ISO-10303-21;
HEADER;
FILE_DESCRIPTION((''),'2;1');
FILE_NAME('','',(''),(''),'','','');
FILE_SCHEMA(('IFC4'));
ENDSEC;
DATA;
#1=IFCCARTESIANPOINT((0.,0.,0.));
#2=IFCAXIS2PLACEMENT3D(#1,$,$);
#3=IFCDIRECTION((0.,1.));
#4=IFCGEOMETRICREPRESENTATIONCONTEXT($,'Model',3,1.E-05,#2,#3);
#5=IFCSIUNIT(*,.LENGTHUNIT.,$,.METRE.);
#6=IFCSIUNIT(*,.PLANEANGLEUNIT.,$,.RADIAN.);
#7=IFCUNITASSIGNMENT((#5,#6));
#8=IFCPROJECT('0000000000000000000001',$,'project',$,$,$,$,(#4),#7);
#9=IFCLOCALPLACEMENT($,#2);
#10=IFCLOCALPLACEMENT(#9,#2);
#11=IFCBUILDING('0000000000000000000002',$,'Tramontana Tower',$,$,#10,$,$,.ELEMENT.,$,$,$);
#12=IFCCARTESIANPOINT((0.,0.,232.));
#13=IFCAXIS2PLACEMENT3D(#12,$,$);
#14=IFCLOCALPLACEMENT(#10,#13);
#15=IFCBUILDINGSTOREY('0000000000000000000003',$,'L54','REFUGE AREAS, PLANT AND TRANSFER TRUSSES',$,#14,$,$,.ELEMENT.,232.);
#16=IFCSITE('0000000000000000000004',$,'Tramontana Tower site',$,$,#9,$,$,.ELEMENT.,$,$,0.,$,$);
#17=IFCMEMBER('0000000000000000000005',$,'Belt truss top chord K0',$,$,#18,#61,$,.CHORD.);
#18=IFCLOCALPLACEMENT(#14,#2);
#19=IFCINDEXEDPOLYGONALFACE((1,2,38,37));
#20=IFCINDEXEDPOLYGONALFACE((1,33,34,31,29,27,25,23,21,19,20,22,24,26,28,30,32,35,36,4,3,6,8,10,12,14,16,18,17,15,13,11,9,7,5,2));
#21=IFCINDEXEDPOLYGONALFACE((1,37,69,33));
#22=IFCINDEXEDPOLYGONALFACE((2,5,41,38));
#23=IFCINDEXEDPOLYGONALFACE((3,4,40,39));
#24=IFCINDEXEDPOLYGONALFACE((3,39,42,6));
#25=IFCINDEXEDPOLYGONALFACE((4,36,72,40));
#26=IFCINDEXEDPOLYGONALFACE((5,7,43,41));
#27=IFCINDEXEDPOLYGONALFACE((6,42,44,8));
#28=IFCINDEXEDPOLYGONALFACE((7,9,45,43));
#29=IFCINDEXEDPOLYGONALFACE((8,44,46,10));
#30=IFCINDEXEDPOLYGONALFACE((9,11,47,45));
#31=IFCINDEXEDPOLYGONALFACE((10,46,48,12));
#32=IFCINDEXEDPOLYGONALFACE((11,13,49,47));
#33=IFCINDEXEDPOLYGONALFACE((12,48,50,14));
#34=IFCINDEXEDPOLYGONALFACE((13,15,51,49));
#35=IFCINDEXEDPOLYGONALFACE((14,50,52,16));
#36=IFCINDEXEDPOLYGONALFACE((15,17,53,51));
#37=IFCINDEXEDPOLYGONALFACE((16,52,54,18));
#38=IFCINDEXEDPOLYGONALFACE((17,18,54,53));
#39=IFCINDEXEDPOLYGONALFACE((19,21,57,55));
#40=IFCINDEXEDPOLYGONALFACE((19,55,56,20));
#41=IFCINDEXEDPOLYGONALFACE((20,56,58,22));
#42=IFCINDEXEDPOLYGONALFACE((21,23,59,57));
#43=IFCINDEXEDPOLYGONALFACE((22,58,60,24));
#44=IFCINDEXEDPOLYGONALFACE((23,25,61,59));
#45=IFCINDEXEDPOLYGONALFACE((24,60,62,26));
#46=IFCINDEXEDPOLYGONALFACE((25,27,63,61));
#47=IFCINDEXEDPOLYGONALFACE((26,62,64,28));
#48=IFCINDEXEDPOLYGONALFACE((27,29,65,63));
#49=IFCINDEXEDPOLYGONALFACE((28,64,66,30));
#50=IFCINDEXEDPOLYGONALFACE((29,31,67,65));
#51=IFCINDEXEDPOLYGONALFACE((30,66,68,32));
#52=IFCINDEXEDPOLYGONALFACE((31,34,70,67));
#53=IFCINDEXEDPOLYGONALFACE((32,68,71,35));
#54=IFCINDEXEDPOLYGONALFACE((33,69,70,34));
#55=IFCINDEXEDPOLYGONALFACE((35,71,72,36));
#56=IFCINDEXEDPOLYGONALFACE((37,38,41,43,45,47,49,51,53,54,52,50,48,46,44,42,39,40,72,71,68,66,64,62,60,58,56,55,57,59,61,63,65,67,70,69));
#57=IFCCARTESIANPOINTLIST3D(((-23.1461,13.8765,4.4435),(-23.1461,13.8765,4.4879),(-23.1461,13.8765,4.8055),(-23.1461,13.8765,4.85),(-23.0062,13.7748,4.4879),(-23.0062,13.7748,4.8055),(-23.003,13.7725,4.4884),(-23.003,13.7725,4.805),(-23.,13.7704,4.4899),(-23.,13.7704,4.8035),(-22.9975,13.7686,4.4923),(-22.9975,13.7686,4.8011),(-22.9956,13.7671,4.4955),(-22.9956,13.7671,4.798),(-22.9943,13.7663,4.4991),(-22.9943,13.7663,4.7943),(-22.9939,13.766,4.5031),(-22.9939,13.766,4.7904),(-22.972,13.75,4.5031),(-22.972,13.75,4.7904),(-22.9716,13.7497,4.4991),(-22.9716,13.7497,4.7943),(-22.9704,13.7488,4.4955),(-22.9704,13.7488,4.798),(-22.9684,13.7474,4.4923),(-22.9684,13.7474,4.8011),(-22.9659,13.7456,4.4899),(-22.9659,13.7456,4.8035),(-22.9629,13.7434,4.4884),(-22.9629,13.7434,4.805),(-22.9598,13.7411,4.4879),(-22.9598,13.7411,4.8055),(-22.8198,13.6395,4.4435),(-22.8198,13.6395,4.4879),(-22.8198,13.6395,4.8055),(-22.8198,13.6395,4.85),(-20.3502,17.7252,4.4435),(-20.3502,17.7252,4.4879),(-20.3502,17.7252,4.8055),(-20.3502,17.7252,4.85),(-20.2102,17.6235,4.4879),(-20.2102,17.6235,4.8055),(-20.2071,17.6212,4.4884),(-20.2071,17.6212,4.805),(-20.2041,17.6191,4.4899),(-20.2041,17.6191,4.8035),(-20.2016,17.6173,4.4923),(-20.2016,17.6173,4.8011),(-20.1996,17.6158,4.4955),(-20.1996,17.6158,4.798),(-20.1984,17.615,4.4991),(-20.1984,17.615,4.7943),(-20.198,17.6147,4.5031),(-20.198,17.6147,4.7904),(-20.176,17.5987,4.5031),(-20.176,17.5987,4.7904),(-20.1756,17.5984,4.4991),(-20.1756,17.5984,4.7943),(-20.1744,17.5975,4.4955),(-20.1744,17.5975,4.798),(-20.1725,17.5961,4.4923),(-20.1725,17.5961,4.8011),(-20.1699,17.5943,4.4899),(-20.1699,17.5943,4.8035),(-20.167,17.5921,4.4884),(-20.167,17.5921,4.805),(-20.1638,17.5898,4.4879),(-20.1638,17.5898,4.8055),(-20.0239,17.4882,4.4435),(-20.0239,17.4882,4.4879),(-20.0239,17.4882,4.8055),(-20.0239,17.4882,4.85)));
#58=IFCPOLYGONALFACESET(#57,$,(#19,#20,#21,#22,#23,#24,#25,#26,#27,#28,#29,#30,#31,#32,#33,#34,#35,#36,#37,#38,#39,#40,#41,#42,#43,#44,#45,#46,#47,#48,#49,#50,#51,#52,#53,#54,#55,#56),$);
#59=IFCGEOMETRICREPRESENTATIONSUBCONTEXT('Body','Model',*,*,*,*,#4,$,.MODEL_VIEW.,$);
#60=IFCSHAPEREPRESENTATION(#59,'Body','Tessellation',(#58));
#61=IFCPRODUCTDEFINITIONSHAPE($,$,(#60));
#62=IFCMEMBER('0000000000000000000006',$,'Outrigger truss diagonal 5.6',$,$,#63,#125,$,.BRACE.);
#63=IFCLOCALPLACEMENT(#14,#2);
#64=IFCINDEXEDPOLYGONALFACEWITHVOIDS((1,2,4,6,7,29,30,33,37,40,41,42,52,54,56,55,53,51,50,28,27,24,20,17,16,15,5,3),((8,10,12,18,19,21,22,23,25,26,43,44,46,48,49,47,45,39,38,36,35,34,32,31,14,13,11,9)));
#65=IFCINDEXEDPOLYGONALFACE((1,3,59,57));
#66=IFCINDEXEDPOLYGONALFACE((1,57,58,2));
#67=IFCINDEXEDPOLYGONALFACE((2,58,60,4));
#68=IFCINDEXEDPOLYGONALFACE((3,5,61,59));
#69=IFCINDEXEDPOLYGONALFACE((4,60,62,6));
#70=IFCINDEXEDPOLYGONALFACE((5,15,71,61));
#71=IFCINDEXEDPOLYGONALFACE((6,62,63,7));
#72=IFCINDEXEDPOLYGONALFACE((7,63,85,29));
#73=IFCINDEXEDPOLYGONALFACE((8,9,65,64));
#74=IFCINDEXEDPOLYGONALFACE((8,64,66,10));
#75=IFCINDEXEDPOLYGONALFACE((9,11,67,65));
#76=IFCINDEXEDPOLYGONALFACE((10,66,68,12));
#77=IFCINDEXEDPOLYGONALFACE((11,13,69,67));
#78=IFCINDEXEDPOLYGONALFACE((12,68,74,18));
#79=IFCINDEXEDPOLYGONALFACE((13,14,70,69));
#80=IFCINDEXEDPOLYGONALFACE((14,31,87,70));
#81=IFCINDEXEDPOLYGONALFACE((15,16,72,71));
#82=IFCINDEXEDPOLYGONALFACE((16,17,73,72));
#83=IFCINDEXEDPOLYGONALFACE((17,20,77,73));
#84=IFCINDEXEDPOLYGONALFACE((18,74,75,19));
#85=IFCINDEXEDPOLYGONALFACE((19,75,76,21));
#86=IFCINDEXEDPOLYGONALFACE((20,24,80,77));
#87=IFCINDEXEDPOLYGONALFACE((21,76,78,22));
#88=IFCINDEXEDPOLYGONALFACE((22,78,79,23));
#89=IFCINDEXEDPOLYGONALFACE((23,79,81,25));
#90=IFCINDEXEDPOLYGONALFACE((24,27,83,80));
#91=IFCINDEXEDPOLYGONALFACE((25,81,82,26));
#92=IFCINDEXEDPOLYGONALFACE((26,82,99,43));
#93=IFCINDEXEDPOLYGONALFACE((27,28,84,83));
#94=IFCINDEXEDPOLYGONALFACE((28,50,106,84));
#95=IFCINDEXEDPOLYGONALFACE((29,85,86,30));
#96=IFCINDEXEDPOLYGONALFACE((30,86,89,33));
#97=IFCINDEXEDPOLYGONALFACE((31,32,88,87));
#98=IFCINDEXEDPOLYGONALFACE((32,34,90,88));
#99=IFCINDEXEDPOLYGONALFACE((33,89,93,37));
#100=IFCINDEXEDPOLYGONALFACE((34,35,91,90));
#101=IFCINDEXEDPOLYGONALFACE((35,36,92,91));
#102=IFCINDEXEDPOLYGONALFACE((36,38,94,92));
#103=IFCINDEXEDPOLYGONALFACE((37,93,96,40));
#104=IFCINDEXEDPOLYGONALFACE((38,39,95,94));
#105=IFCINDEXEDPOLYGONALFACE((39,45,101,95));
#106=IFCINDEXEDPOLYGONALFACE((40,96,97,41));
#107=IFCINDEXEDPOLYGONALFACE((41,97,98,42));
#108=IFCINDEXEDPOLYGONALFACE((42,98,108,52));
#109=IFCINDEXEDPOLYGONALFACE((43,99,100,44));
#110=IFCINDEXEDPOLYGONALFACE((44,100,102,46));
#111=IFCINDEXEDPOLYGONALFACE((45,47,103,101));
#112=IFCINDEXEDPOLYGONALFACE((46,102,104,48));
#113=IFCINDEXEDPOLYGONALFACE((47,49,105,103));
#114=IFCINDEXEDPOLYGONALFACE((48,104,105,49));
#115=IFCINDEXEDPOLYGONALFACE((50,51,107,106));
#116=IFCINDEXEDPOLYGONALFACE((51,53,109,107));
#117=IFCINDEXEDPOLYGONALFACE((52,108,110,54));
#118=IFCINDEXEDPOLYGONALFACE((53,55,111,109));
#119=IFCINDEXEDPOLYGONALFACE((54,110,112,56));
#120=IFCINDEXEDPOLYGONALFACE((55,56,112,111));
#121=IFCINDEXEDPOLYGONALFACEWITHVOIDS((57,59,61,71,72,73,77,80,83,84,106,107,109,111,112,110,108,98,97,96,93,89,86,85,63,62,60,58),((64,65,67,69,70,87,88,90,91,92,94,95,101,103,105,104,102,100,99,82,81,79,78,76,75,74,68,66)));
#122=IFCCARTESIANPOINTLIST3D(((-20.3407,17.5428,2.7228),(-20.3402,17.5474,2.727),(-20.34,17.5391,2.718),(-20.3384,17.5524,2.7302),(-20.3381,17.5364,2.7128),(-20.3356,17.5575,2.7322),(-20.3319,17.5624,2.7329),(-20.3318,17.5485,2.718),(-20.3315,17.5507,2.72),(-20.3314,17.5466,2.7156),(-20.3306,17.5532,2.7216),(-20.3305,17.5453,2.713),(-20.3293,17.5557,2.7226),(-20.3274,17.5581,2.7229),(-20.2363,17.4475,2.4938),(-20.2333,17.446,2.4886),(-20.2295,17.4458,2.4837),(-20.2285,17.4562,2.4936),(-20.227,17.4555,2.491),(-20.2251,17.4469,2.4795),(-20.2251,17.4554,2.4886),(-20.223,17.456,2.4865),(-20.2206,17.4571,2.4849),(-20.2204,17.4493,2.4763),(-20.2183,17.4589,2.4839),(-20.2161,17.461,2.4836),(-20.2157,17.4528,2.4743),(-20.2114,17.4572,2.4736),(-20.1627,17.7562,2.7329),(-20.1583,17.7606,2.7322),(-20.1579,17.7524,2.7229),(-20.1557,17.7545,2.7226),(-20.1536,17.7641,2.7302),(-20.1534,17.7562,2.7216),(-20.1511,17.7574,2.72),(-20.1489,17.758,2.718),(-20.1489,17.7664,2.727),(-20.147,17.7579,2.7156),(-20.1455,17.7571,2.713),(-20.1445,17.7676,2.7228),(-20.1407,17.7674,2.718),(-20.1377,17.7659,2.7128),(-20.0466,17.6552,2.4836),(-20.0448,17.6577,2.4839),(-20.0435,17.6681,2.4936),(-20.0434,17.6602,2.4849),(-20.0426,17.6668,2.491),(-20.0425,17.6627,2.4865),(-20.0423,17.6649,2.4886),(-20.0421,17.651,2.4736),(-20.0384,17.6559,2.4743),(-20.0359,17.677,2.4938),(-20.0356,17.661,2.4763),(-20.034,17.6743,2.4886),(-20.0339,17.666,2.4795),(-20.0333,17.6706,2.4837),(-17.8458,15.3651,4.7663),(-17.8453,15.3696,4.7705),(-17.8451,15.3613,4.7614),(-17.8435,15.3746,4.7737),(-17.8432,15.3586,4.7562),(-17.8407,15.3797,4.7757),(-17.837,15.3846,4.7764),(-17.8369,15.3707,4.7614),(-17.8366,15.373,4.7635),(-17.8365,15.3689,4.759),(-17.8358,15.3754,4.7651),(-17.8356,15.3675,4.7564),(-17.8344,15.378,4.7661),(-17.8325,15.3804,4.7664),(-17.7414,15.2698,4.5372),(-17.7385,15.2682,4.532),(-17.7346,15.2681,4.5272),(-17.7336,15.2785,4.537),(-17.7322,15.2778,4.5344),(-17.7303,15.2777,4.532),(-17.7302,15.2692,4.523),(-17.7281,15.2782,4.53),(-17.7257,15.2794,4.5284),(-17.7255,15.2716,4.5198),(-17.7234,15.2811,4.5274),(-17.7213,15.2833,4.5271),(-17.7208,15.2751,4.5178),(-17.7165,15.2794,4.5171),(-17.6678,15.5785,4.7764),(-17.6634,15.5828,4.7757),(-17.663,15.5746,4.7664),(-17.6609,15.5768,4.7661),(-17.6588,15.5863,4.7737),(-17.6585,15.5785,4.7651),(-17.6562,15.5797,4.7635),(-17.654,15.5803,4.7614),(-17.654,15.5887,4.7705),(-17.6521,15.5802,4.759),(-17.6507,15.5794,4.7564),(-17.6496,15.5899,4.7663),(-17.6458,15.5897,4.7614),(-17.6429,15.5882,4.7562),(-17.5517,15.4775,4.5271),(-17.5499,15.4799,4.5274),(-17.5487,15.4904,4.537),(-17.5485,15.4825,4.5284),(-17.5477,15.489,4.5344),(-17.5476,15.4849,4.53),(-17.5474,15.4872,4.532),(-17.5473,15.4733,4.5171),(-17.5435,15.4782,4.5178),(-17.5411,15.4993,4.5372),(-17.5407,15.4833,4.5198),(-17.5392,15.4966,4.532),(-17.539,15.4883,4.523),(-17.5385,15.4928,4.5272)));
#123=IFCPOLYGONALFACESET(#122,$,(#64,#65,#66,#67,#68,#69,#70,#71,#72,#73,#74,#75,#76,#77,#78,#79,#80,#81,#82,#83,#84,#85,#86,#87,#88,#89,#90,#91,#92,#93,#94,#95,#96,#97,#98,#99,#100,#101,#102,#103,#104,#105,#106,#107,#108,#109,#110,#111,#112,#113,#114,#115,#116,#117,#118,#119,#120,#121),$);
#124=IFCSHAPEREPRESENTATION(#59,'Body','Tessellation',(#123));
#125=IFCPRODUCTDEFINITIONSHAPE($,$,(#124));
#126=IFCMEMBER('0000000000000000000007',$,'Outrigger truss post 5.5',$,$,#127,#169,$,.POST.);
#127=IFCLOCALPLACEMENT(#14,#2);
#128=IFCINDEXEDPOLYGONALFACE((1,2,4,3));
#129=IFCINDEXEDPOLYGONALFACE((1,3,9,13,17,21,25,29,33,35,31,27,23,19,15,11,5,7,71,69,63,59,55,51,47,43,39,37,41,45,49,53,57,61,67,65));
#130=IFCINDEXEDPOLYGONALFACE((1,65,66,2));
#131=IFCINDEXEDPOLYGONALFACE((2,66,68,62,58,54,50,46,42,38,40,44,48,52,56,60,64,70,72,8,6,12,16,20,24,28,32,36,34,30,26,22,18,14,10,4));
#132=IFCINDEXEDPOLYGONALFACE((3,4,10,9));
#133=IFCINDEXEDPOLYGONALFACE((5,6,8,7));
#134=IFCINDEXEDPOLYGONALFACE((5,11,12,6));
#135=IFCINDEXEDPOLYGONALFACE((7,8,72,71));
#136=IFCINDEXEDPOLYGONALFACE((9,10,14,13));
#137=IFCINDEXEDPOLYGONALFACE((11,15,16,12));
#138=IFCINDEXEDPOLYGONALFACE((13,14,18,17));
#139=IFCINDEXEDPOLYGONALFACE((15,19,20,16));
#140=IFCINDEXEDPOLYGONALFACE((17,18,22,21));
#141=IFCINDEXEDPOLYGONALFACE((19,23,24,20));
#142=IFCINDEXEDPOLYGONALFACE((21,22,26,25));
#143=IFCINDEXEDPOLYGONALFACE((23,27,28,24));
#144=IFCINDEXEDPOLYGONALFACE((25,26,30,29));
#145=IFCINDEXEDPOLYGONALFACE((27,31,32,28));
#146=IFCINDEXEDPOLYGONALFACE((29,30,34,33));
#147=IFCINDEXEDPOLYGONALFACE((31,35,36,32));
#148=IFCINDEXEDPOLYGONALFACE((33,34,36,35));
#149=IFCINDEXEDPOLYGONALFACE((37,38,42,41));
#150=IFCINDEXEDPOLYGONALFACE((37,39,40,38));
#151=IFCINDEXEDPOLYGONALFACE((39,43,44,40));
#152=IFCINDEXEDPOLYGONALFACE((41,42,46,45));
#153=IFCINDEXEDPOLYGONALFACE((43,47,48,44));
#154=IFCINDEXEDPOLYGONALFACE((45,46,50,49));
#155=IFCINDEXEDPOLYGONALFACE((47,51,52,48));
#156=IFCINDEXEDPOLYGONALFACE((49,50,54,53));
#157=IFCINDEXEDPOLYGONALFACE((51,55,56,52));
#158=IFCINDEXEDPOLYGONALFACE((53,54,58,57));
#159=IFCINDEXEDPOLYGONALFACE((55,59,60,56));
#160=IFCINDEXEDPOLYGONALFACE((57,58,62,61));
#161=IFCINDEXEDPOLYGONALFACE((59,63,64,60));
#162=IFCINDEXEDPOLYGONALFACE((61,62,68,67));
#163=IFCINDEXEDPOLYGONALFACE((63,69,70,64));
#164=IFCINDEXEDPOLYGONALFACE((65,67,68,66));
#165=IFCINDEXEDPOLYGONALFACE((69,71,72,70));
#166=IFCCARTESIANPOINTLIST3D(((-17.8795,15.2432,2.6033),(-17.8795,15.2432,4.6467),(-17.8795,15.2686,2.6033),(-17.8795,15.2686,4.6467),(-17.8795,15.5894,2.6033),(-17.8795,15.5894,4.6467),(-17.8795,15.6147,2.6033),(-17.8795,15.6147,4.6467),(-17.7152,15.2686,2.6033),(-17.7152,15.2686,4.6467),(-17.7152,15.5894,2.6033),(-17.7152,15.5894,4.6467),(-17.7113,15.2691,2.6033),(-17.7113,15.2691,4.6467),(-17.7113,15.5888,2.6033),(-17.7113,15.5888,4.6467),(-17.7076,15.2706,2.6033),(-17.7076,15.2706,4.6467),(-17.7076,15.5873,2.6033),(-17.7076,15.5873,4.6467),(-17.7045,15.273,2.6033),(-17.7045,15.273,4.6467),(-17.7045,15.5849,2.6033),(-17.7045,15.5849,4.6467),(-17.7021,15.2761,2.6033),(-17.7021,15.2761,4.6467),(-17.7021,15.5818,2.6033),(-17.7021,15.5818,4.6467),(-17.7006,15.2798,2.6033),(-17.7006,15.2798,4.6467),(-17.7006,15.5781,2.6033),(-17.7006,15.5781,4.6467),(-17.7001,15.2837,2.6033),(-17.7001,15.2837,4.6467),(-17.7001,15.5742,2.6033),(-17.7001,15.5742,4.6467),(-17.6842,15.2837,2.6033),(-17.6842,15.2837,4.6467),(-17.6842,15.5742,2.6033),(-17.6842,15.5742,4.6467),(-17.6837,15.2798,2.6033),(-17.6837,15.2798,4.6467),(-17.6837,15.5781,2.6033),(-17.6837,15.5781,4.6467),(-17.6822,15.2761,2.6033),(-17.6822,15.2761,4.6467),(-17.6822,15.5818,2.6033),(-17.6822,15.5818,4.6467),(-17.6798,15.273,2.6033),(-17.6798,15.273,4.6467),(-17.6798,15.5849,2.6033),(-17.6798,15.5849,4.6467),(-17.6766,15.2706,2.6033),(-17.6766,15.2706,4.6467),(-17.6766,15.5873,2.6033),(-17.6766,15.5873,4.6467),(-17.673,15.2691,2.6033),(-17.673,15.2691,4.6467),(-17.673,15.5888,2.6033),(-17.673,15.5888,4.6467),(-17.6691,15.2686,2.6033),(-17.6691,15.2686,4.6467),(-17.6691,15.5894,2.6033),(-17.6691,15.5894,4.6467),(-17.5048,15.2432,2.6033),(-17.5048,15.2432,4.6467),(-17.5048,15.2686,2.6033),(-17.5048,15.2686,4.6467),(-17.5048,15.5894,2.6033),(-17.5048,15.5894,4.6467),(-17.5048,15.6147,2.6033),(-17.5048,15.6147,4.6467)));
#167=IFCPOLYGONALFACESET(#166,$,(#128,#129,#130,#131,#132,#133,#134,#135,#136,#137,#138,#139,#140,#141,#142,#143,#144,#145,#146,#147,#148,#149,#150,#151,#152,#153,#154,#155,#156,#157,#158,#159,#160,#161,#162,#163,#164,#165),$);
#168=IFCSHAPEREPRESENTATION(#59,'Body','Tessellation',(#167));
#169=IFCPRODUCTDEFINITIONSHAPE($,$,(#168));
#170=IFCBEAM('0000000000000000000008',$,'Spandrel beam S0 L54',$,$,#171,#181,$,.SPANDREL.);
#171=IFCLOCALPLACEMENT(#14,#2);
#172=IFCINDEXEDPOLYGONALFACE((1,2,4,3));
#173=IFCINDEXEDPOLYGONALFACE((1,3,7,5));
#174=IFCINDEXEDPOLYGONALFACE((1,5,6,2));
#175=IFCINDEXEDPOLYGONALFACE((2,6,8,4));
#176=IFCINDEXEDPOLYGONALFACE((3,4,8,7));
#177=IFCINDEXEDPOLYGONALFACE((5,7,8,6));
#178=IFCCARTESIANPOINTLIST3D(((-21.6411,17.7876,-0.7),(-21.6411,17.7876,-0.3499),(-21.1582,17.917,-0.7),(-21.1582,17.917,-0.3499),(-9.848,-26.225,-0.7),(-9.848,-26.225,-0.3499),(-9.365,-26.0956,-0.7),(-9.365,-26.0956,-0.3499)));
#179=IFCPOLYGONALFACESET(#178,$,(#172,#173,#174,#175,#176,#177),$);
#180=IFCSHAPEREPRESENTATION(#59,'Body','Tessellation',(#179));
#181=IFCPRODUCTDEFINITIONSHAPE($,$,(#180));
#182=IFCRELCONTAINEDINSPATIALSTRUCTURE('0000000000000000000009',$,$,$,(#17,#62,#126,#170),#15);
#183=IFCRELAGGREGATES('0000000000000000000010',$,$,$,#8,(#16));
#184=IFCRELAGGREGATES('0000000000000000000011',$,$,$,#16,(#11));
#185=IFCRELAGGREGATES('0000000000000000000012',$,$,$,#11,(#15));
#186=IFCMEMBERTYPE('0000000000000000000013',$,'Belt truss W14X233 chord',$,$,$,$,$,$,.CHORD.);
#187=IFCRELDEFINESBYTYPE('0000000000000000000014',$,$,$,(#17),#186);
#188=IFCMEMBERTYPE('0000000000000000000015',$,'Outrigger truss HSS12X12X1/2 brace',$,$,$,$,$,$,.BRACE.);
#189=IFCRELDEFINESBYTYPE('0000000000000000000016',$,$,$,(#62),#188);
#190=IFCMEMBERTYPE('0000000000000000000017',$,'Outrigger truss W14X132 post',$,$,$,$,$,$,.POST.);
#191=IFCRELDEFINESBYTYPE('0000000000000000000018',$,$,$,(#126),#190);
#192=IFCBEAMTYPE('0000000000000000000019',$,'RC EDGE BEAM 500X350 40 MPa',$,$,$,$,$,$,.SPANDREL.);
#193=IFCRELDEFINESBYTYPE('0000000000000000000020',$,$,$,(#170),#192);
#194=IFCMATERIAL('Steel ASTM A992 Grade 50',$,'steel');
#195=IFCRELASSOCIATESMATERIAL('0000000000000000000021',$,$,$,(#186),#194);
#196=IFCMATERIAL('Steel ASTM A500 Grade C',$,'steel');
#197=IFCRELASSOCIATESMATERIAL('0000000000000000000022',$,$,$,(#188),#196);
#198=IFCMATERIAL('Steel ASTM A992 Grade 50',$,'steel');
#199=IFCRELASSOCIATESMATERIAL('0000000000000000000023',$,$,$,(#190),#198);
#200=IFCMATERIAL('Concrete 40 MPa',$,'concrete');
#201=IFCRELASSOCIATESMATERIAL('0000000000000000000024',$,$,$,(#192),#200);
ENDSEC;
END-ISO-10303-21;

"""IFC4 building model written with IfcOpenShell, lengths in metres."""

from ifc_helpers import new_model, si_unit, direction, frame, origin, origin_2d, place, context, subcontext, project, spatial, rectangle, hollow_rectangle, i_section, extrude, material, material_profile, profile_set, type_object, element, save


model = new_model("IFC4")

# Units and contexts
model_context = context("Model", 3, precision=1e-05, world=origin(), true_north=direction((0.0, 1.0)))
body_context = subcontext(model_context, "Body", "Model", "MODEL_VIEW")
ifc_project = project(units=[si_unit("LENGTHUNIT", "METRE"), si_unit("PLANEANGLEUNIT", "RADIAN")], contexts=[model_context])

# Site, building, storey
site_placement = place(None, origin())
site = spatial("IfcSite", under=ifc_project, at=site_placement, Name="Tramontana Tower site", CompositionType="ELEMENT", RefElevation=0.0)
building_placement = place(site_placement, origin())
building = spatial("IfcBuilding", under=site, at=building_placement, Name="Tramontana Tower", CompositionType="ELEMENT")
storey_placement = place(building_placement, frame((0.0, 0.0, 232.0)))
storey = spatial("IfcBuildingStorey", under=building, at=storey_placement, Name="L54", Description="REFUGE AREAS, PLANT AND TRANSFER TRUSSES", CompositionType="ELEMENT", Elevation=232.0)

# Members
ifc_material_1 = material(Name="Steel ASTM A992 Grade 50", Category="steel")
ifc_material_profile_1 = material_profile(ifc_material_1, i_section(OverallWidth=0.4033, OverallDepth=0.4065, WebThickness=0.0271, FlangeThickness=0.0444, FilletRadius=0.0151, at=origin_2d()), Name="W14X233")
ifc_profile_set_1 = profile_set([ifc_material_profile_1], Name="Steel ASTM A992 Grade 50")
member_type_1 = type_object("IfcMemberType", Name="Belt truss W14X233 chord", PredefinedType="CHORD", material=ifc_profile_set_1)
for number, where, z_axis, x_axis, name in (
    (1, (-20.187, 17.6067, 4.6467), (-0.587744, -0.809047, 0.0), (0.809047, -0.587744, 0.0), "Belt truss top chord K0"),
):
    element("IfcMember", number, at=place(storey_placement, frame(where, z_axis=z_axis, x_axis=x_axis)), inside=storey, type_object=member_type_1, Name=name, PredefinedType="CHORD", context=body_context, shape_type="SweptSolid", body=[
        extrude(i_section(OverallWidth=0.4033, OverallDepth=0.4065, WebThickness=0.0271, FlangeThickness=0.0444, FilletRadius=0.0151, at=origin_2d()), origin(), (0.0, 0.0, 1.0), 4.7571),
    ])
ifc_material_2 = material(Name="Steel ASTM A500 Grade C", Category="steel")
ifc_material_profile_2 = material_profile(ifc_material_2, hollow_rectangle(XDim=0.3047, YDim=0.3047, WallThickness=0.0117, InnerFilletRadius=0.0117, OuterFilletRadius=0.0237, at=origin_2d()), Name="HSS12X12X1/2")
ifc_profile_set_2 = profile_set([ifc_material_profile_2], Name="Steel ASTM A500 Grade C")
member_type_2 = type_object("IfcMemberType", Name="Outrigger truss HSS12X12X1/2 brace", PredefinedType="BRACE", material=ifc_profile_set_2)
member_1_placement = place(storey_placement, frame((-17.6921, 15.429, 4.6467), z_axis=(-0.641132, 0.559634, -0.525128), x_axis=(-0.657601, -0.753366, 0.0)))
element("IfcMember", 2, at=member_1_placement, inside=storey, type_object=member_type_2, Name="Outrigger truss diagonal 5.6", PredefinedType="BRACE", context=body_context, shape_type="SweptSolid", body=[
    extrude(hollow_rectangle(XDim=0.3047, YDim=0.3047, WallThickness=0.0117, InnerFilletRadius=0.0117, OuterFilletRadius=0.0237, at=origin_2d()), origin(), (0.0, 0.0, 1.0), 3.8914),
])
ifc_material_3 = material(Name="Steel ASTM A992 Grade 50", Category="steel")
ifc_material_profile_3 = material_profile(ifc_material_3, i_section(OverallWidth=0.3748, OverallDepth=0.3716, WebThickness=0.0159, FlangeThickness=0.0254, FilletRadius=0.0151, at=origin_2d()), Name="W14X132")
ifc_profile_set_3 = profile_set([ifc_material_profile_3], Name="Steel ASTM A992 Grade 50")
member_type_3 = type_object("IfcMemberType", Name="Outrigger truss W14X132 post", PredefinedType="POST", material=ifc_profile_set_3)
member_2_placement = place(storey_placement, frame((-17.6921, 15.429, 2.6033), z_axis=(0.0, 0.0, 1.0), x_axis=(1.0, 0.0, 0.0)))
element("IfcMember", 3, at=member_2_placement, inside=storey, type_object=member_type_3, Name="Outrigger truss post 5.5", PredefinedType="POST", context=body_context, shape_type="SweptSolid", body=[
    extrude(i_section(OverallWidth=0.3748, OverallDepth=0.3716, WebThickness=0.0159, FlangeThickness=0.0254, FilletRadius=0.0151, at=origin_2d()), origin(), (0.0, 0.0, 1.0), 2.0435),
])

# Beam
ifc_material_4 = material(Name="Concrete 40 MPa", Category="concrete")
ifc_material_profile_4 = material_profile(ifc_material_4, rectangle(XDim=0.5, YDim=0.3501, at=origin_2d()), Name="RC EDGE BEAM 500X350 40 MPa")
ifc_profile_set_4 = profile_set([ifc_material_profile_4], Name="Concrete 40 MPa")
beam_type_1 = type_object("IfcBeamType", Name="RC EDGE BEAM 500X350 40 MPa", PredefinedType="SPANDREL", material=ifc_profile_set_4)
beam_1_placement = place(storey_placement, frame((-21.3997, 17.8523, -0.5249), z_axis=(0.25882, -0.965926, 0.0), x_axis=(0.965926, 0.25882, 0.0)))
element("IfcBeam", 4, at=beam_1_placement, inside=storey, type_object=beam_type_1, Name="Spandrel beam S0 L54", PredefinedType="SPANDREL", context=body_context, shape_type="SweptSolid", body=[
    extrude(rectangle(XDim=0.5, YDim=0.3501, at=origin_2d()), origin(), (0.0, 0.0, 1.0), 45.5652),
])

save(model, "model.ifc")
